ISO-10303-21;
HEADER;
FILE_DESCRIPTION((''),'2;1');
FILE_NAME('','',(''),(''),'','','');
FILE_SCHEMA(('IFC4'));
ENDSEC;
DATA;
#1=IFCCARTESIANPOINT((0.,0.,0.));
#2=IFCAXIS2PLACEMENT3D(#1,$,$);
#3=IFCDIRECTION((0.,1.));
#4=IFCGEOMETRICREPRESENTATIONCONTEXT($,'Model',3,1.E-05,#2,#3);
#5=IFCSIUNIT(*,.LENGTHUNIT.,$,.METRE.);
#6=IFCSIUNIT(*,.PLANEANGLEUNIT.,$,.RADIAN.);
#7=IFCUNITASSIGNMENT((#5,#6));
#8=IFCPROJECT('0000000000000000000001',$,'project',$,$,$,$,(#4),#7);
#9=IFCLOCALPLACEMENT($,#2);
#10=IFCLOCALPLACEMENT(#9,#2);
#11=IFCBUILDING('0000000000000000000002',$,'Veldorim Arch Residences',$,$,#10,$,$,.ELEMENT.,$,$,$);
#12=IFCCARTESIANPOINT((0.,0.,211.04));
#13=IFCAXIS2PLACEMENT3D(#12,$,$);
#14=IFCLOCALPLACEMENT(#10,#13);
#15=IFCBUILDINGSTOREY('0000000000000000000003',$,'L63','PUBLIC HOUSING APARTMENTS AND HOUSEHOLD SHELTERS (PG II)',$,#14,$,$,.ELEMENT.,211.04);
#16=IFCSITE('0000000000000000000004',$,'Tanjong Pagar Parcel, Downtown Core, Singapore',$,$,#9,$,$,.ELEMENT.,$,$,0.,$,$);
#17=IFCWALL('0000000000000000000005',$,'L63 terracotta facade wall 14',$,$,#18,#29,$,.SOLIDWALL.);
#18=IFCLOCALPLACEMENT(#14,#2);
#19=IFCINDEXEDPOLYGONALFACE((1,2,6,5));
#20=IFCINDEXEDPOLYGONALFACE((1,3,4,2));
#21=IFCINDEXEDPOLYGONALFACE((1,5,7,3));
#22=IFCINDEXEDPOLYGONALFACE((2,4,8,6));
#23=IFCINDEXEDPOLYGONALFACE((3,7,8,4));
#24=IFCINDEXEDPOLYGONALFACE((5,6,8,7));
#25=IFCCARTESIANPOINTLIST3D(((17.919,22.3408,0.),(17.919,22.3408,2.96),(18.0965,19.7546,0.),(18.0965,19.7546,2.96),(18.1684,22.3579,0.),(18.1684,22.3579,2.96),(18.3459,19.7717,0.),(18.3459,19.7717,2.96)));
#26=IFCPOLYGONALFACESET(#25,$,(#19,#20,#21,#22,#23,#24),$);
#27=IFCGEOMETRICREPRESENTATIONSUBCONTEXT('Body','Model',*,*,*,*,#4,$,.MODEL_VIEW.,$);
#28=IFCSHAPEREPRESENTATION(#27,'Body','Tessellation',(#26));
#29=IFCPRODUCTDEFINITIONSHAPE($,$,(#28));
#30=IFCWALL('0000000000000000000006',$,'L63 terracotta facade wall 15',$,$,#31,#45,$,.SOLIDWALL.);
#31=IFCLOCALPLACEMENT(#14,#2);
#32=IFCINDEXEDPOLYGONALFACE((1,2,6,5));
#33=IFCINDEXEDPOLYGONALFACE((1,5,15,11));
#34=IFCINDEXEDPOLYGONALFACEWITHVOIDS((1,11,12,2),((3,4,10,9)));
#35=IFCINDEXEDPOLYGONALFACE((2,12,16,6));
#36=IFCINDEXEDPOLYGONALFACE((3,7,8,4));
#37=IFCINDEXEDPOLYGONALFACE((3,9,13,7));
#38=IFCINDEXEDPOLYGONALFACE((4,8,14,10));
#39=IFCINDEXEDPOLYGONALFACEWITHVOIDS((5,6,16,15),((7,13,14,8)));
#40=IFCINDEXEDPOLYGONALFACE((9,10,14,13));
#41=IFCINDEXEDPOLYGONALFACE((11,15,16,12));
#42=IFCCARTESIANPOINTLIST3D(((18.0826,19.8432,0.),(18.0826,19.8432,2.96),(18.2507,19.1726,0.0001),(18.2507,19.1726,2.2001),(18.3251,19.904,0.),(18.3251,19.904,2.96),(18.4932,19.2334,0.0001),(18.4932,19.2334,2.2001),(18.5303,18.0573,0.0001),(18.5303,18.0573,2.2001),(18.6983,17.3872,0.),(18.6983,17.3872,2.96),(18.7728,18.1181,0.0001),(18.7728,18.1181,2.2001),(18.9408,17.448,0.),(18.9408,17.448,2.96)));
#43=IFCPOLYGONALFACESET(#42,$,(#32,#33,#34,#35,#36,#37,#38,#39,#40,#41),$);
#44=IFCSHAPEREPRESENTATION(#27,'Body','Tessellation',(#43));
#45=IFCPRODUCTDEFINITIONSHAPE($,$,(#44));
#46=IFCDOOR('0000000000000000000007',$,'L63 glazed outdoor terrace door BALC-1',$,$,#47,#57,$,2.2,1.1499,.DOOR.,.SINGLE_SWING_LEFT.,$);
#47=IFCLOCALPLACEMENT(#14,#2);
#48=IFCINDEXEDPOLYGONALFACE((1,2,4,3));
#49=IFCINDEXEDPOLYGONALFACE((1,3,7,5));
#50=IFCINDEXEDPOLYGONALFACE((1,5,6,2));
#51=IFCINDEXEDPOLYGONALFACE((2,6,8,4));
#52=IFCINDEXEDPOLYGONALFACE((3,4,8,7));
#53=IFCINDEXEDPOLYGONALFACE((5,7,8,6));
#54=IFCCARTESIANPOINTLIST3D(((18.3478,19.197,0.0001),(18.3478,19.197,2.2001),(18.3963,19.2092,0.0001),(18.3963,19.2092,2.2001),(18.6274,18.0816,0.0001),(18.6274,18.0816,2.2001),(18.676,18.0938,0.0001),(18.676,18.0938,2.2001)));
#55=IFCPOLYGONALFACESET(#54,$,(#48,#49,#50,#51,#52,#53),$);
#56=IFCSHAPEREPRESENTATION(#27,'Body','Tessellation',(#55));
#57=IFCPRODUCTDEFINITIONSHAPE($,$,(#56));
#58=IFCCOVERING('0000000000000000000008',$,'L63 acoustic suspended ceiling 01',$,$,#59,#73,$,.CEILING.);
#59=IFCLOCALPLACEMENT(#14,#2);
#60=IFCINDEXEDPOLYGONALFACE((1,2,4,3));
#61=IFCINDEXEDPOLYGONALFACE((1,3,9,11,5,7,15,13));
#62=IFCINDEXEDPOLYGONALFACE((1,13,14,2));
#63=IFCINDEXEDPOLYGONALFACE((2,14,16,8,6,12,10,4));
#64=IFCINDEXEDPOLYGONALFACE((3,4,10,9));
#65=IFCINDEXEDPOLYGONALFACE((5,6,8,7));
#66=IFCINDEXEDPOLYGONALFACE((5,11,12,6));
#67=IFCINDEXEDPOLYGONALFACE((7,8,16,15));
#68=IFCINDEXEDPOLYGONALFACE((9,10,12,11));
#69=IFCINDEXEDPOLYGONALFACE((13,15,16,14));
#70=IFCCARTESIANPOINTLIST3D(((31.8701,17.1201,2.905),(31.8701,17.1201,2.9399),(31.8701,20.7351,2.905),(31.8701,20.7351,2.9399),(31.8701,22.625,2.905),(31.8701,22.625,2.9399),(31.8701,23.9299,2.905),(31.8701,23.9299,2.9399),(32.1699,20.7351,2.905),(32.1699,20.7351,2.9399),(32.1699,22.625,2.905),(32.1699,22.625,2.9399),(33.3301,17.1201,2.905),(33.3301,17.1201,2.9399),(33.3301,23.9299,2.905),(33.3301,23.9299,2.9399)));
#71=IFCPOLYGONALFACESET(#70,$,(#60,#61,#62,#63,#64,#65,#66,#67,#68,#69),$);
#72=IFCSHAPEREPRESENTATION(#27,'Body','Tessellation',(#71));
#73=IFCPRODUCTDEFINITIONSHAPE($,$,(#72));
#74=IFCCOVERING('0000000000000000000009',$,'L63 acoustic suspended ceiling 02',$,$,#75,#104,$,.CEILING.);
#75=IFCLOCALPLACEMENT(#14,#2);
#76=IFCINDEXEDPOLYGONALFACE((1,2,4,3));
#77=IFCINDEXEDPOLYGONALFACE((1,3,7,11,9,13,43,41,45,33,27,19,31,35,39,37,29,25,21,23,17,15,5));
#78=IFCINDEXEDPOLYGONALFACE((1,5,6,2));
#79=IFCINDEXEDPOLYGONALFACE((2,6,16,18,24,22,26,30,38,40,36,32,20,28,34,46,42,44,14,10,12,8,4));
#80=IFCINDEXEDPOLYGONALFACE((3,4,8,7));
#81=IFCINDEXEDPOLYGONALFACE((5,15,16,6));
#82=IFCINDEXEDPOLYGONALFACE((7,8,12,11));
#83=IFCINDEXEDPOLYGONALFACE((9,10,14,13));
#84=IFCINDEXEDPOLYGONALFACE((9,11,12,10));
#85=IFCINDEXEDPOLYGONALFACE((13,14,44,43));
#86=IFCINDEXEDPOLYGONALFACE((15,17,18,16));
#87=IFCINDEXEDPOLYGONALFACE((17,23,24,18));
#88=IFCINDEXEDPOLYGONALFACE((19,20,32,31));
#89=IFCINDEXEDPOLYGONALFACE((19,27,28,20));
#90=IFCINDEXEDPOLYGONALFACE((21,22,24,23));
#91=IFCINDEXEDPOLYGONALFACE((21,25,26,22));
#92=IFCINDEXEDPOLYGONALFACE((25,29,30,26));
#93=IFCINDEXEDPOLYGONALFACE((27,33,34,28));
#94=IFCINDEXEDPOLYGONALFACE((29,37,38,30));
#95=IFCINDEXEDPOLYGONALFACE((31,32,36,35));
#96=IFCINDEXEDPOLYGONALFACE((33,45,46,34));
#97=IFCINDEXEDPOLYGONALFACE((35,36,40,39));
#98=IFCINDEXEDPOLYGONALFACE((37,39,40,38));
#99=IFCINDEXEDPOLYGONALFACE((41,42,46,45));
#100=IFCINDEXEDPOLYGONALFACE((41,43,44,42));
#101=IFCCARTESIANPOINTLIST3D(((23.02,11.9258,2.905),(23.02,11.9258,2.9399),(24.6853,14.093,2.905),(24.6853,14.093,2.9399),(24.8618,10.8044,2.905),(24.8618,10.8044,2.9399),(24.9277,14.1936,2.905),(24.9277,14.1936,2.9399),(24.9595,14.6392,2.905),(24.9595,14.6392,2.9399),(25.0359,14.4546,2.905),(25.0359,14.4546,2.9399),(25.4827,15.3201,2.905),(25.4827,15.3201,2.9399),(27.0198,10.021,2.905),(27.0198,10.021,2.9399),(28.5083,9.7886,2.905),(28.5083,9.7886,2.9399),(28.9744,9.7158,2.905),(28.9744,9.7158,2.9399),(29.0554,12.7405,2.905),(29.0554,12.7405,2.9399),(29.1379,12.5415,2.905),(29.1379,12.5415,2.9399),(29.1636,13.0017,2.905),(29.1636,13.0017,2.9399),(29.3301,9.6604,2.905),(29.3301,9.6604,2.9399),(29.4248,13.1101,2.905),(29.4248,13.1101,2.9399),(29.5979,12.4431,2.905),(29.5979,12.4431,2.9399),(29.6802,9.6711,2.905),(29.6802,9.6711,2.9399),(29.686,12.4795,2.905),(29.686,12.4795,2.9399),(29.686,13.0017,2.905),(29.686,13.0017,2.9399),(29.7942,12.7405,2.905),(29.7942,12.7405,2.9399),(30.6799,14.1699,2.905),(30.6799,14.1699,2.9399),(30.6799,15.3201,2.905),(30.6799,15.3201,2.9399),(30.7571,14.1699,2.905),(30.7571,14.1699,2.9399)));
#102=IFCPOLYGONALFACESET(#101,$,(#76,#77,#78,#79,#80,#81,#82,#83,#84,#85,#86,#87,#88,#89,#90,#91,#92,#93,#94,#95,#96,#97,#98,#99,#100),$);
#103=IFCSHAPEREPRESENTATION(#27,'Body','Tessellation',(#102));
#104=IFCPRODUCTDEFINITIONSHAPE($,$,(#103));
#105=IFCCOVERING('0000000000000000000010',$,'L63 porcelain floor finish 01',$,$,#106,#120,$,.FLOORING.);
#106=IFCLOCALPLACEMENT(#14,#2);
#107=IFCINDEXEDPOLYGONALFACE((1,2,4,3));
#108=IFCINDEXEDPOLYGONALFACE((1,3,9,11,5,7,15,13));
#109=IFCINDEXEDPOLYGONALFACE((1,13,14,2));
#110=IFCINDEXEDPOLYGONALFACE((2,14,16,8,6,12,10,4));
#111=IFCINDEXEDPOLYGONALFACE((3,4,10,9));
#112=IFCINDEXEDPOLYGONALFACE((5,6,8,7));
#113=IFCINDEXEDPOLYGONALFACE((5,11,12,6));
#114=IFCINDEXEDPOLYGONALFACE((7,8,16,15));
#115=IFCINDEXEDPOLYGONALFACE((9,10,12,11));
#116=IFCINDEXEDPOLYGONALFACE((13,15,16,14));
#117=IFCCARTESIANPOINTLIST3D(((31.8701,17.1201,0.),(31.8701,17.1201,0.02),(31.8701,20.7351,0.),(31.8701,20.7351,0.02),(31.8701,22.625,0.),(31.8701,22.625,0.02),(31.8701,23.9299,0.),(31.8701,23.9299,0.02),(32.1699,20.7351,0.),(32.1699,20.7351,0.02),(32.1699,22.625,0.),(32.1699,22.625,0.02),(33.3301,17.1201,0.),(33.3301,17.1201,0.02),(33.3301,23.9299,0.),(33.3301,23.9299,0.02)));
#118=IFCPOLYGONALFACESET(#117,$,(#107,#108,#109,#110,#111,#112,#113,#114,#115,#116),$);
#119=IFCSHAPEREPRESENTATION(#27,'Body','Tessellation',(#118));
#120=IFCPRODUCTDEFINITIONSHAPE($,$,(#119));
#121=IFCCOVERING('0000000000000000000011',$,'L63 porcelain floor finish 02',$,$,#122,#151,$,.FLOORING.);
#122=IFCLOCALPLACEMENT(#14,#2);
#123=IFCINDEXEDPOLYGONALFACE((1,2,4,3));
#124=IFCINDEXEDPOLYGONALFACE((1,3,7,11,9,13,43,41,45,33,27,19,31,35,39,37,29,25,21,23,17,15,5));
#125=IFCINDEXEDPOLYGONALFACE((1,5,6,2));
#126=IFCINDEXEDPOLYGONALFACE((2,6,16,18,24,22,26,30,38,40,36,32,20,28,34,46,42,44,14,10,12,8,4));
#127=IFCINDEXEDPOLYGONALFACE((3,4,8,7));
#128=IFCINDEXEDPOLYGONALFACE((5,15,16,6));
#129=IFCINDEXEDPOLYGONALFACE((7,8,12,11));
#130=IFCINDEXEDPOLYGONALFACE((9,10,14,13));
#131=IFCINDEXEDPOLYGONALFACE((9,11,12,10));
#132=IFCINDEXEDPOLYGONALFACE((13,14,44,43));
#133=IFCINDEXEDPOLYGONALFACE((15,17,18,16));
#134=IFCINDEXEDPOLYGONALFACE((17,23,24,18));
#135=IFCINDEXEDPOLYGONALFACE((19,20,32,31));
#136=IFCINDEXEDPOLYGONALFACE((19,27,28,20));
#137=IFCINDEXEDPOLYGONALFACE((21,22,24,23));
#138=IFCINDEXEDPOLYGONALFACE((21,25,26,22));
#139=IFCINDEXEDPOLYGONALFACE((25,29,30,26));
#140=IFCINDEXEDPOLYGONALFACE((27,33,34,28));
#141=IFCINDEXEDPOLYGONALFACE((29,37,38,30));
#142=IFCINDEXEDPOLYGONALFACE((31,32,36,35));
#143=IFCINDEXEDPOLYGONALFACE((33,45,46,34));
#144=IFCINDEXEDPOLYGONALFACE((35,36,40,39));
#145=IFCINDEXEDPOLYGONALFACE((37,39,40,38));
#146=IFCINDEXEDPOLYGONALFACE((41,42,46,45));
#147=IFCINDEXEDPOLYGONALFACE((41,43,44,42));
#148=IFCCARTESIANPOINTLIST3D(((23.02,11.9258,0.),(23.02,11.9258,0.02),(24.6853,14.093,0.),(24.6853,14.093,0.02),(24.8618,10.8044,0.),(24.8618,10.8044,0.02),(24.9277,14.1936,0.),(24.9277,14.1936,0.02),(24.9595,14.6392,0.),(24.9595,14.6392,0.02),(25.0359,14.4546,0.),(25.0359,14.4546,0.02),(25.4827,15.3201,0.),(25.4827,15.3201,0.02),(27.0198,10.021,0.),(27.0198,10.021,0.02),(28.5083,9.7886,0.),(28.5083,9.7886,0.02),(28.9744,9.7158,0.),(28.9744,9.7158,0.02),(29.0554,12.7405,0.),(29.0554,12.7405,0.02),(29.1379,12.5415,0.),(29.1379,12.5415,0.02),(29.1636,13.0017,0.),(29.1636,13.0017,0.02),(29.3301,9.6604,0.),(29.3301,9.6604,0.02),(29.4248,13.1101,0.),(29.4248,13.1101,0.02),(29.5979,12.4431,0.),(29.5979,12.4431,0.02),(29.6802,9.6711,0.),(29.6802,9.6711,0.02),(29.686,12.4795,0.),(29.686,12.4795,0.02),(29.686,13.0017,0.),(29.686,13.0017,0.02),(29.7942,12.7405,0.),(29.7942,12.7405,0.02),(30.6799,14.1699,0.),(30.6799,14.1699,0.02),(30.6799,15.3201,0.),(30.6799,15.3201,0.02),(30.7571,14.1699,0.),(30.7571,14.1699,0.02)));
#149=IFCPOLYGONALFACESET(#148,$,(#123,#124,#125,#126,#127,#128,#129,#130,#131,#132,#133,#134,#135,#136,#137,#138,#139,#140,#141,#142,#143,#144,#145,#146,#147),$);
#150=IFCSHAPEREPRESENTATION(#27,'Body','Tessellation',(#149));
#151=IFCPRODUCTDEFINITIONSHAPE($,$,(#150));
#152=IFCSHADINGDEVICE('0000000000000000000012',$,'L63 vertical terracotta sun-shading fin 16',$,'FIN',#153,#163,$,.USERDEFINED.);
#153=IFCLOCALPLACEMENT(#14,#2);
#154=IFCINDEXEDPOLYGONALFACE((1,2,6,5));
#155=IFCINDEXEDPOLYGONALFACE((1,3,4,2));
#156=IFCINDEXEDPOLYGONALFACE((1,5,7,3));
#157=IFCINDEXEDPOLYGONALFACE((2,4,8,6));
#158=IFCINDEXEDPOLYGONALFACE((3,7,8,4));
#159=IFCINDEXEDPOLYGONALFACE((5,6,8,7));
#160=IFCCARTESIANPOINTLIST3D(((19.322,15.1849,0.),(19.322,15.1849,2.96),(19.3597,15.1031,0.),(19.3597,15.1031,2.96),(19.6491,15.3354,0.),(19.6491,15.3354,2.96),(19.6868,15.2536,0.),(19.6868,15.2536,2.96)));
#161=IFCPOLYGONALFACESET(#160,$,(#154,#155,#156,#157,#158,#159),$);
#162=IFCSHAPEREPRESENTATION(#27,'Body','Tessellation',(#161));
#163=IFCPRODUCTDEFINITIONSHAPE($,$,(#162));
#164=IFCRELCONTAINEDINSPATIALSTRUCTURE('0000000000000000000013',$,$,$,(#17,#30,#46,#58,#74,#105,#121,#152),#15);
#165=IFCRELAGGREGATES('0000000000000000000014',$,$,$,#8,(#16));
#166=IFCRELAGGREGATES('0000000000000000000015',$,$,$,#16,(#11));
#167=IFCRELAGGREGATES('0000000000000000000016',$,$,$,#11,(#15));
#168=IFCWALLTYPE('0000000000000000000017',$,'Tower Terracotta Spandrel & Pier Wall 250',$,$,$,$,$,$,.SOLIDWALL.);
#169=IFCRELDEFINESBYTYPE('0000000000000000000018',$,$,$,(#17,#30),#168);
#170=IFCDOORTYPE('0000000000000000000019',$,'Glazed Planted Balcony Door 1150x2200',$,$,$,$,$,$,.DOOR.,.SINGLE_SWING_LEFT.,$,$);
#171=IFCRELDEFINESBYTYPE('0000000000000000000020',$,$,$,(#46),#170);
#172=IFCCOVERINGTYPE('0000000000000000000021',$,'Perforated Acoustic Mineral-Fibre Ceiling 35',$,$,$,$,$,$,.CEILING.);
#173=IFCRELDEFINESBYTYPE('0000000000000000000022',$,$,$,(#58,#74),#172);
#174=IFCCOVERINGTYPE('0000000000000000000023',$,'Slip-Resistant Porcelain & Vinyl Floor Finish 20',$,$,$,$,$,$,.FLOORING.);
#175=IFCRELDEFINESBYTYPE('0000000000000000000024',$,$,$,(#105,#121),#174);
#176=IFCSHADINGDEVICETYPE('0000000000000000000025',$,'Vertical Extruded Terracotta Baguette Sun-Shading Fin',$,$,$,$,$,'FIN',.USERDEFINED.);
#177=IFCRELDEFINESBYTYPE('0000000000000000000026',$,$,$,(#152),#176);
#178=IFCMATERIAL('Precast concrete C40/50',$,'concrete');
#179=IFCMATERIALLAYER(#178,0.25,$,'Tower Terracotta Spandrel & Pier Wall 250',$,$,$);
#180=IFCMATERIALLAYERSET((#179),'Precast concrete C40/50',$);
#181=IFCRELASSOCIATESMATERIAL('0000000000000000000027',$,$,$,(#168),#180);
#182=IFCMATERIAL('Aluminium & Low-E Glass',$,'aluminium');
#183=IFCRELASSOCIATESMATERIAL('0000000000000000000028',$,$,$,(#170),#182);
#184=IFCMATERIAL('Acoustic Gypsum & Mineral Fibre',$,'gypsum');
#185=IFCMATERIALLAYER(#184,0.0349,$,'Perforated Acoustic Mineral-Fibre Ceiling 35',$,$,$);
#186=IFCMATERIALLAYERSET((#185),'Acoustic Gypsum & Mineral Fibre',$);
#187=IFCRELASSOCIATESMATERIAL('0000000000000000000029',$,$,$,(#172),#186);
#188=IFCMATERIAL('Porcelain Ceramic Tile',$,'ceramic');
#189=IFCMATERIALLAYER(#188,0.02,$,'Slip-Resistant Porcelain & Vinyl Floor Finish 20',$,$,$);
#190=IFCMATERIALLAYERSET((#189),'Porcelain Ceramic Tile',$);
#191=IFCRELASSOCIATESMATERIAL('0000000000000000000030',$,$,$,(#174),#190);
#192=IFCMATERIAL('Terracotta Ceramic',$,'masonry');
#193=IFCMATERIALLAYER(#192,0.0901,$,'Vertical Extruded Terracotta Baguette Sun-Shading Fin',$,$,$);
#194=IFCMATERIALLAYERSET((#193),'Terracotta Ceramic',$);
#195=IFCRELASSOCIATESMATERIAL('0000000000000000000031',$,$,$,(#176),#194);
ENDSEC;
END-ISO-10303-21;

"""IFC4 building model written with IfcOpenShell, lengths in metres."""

from ifc_helpers import new_model, si_unit, direction, frame, frame_2d, origin, origin_2d, place, context, subcontext, project, spatial, polyline, rectangle, outline, extrude, material, layer, layer_set, type_object, element, fill, save


model = new_model("IFC4")

# Units and contexts
model_context = context("Model", 3, precision=1e-05, world=origin(), true_north=direction((0.0, 1.0)))
body_context = subcontext(model_context, "Body", "Model", "MODEL_VIEW")
ifc_project = project(units=[si_unit("LENGTHUNIT", "METRE"), si_unit("PLANEANGLEUNIT", "RADIAN")], contexts=[model_context])

# Site, building, storey
site_placement = place(None, origin())
site = spatial("IfcSite", under=ifc_project, at=site_placement, Name="Tanjong Pagar Parcel, Downtown Core, Singapore", CompositionType="ELEMENT", RefElevation=0.0)
building_placement = place(site_placement, origin())
building = spatial("IfcBuilding", under=site, at=building_placement, Name="Veldorim Arch Residences", CompositionType="ELEMENT")
storey_placement = place(building_placement, frame((0.0, 0.0, 211.04)))
storey = spatial("IfcBuildingStorey", under=building, at=storey_placement, Name="L63", Description="PUBLIC HOUSING APARTMENTS AND HOUSEHOLD SHELTERS (PG II)", CompositionType="ELEMENT", Elevation=211.04)

# Wall
ifc_material_1 = material(Name="Precast concrete C40/50", Category="concrete")
ifc_layer_1 = layer(ifc_material_1, 0.25, Name="Tower Terracotta Spandrel & Pier Wall 250")
ifc_layer_set_1 = layer_set([ifc_layer_1], Name="Precast concrete C40/50")
wall_type = type_object("IfcWallType", Name="Tower Terracotta Spandrel & Pier Wall 250", PredefinedType="SOLIDWALL", material=ifc_layer_set_1)
wall_1_placement = place(storey_placement, frame((18.2212, 19.7632, 0.0), z_axis=(0.0, 0.0, 1.0), x_axis=(-0.068469, 0.997653, 0.0)))
element("IfcWall", 1, at=wall_1_placement, inside=storey, type_object=wall_type, Name="L63 terracotta facade wall 14", PredefinedType="SOLIDWALL", context=body_context, shape_type="SweptSolid", body=[
    extrude(rectangle(XDim=2.5923, YDim=0.25, at=frame_2d((1.2961, 0.0))), origin(), (0.0, 0.0, 1.0), 2.96),
])

# Wall, opening, door
wall_2_placement = place(storey_placement, frame((18.8196, 17.4175, 0.0), z_axis=(0.0, 0.0, 1.0), x_axis=(-0.243171, 0.969983, 0.0)))
wall_2 = element("IfcWall", 2, at=wall_2_placement, inside=storey, type_object=wall_type, Name="L63 terracotta facade wall 15", PredefinedType="SOLIDWALL", context=body_context, shape_type="SweptSolid", body=[
    extrude(rectangle(XDim=2.532, YDim=0.25, at=frame_2d((1.2661, 0.0))), origin(), (0.0, 0.0, 1.0), 2.96),
])
opening_placement = place(wall_2_placement, frame((0.6909, 0.0, 0.0)))
opening = element("IfcOpeningElement", 3, at=opening_placement, cuts=wall_2, PredefinedType="OPENING", context=body_context, shape_type="SweptSolid", body=[
    extrude(rectangle(XDim=1.1499, YDim=2.2, at=frame_2d((0.575, 1.1001))), frame((0.0, 0.135, 0.0), z_axis=(0.0, -1.0, 0.0), x_axis=(1.0, 0.0, 0.0)), (0.0, 0.0, 1.0), 0.27),
])
ifc_material_2 = material(Name="Aluminium & Low-E Glass", Category="aluminium")
door_type = type_object("IfcDoorType", Name="Glazed Planted Balcony Door 1150x2200", OperationType="SINGLE_SWING_LEFT", PredefinedType="DOOR", material=ifc_material_2)
door_placement = place(opening_placement, origin())
door = element("IfcDoor", 4, at=door_placement, inside=storey, type_object=door_type, Name="L63 glazed outdoor terrace door BALC-1", OperationType="SINGLE_SWING_LEFT", OverallHeight=2.2, OverallWidth=1.1499, PredefinedType="DOOR", context=body_context, shape_type="SweptSolid", body=[
    extrude(rectangle(XDim=1.1499, YDim=2.2, at=frame_2d((0.575, 1.1001))), frame((0.0, 0.0249, 0.0), z_axis=(0.0, -1.0, 0.0), x_axis=(1.0, 0.0, 0.0)), (0.0, 0.0, 1.0), 0.05),
])
fill(opening, door)

# Coverings
ifc_material_3 = material(Name="Acoustic Gypsum & Mineral Fibre", Category="gypsum")
ifc_layer_2 = layer(ifc_material_3, 0.0349, Name="Perforated Acoustic Mineral-Fibre Ceiling 35")
ifc_layer_set_2 = layer_set([ifc_layer_2], Name="Acoustic Gypsum & Mineral Fibre")
covering_type_1 = type_object("IfcCoveringType", Name="Perforated Acoustic Mineral-Fibre Ceiling 35", PredefinedType="CEILING", material=ifc_layer_set_2)
covering_1_placement = place(storey_placement, frame((0.0, 0.0, 2.905)))
element("IfcCovering", 5, at=covering_1_placement, inside=storey, type_object=covering_type_1, Name="L63 acoustic suspended ceiling 01", PredefinedType="CEILING", context=body_context, shape_type="SweptSolid", body=[
    extrude(outline(polyline([(33.3301, 23.9299), (33.3301, 17.1201), (31.8701, 17.1201), (31.8701, 20.7351), (32.1699, 20.7351), (32.1699, 22.625), (31.8701, 22.625), (31.8701, 23.9299), (33.3301, 23.9299)])), origin(), (0.0, 0.0, 1.0), 0.0349),
])
covering_2_placement = place(storey_placement, frame((0.0, 0.0, 2.905)))
element("IfcCovering", 6, at=covering_2_placement, inside=storey, type_object=covering_type_1, Name="L63 acoustic suspended ceiling 02", PredefinedType="CEILING", context=body_context, shape_type="SweptSolid", body=[
    extrude(outline(polyline([(24.6853, 14.093), (24.9277, 14.1936), (25.0359, 14.4546), (24.9595, 14.6392), (25.4827, 15.3201), (30.6799, 15.3201), (30.6799, 14.1699), (30.7571, 14.1699), (29.6802, 9.6711), (29.3301, 9.6604), (28.9744, 9.7158), (29.5979, 12.4431), (29.686, 12.4795), (29.7942, 12.7405), (29.686, 13.0017), (29.4248, 13.1101), (29.1636, 13.0017), (29.0554, 12.7405), (29.1379, 12.5415), (28.5083, 9.7886), (27.0198, 10.021), (24.8618, 10.8044), (23.02, 11.9258), (24.6853, 14.093)])), origin(), (0.0, 0.0, 1.0), 0.0349),
])
ifc_material_4 = material(Name="Porcelain Ceramic Tile", Category="ceramic")
ifc_layer_3 = layer(ifc_material_4, 0.02, Name="Slip-Resistant Porcelain & Vinyl Floor Finish 20")
ifc_layer_set_3 = layer_set([ifc_layer_3], Name="Porcelain Ceramic Tile")
covering_type_2 = type_object("IfcCoveringType", Name="Slip-Resistant Porcelain & Vinyl Floor Finish 20", PredefinedType="FLOORING", material=ifc_layer_set_3)
covering_3_placement = place(storey_placement, origin())
element("IfcCovering", 7, at=covering_3_placement, inside=storey, type_object=covering_type_2, Name="L63 porcelain floor finish 01", PredefinedType="FLOORING", context=body_context, shape_type="SweptSolid", body=[
    extrude(outline(polyline([(33.3301, 23.9299), (33.3301, 17.1201), (31.8701, 17.1201), (31.8701, 20.7351), (32.1699, 20.7351), (32.1699, 22.625), (31.8701, 22.625), (31.8701, 23.9299), (33.3301, 23.9299)])), origin(), (0.0, 0.0, 1.0), 0.02),
])
covering_4_placement = place(storey_placement, origin())
element("IfcCovering", 8, at=covering_4_placement, inside=storey, type_object=covering_type_2, Name="L63 porcelain floor finish 02", PredefinedType="FLOORING", context=body_context, shape_type="SweptSolid", body=[
    extrude(outline(polyline([(24.6853, 14.093), (24.9277, 14.1936), (25.0359, 14.4546), (24.9595, 14.6392), (25.4827, 15.3201), (30.6799, 15.3201), (30.6799, 14.1699), (30.7571, 14.1699), (29.6802, 9.6711), (29.3301, 9.6604), (28.9744, 9.7158), (29.5979, 12.4431), (29.686, 12.4795), (29.7942, 12.7405), (29.686, 13.0017), (29.4248, 13.1101), (29.1636, 13.0017), (29.0554, 12.7405), (29.1379, 12.5415), (28.5083, 9.7886), (27.0198, 10.021), (24.8618, 10.8044), (23.02, 11.9258), (24.6853, 14.093)])), origin(), (0.0, 0.0, 1.0), 0.02),
])

# Shading device
ifc_material_5 = material(Name="Terracotta Ceramic", Category="masonry")
ifc_layer_4 = layer(ifc_material_5, 0.0901, Name="Vertical Extruded Terracotta Baguette Sun-Shading Fin")
ifc_layer_set_4 = layer_set([ifc_layer_4], Name="Terracotta Ceramic")
shading_device_type = type_object("IfcShadingDeviceType", Name="Vertical Extruded Terracotta Baguette Sun-Shading Fin", ElementType="FIN", PredefinedType="USERDEFINED", material=ifc_layer_set_4)
shading_device_placement = place(storey_placement, frame((19.5044, 15.2192, 0.0), z_axis=(0.0, 0.0, 1.0), x_axis=(-0.418026, 0.908435, 0.0)))
element("IfcShadingDevice", 9, at=shading_device_placement, inside=storey, type_object=shading_device_type, Name="L63 vertical terracotta sun-shading fin 16", ObjectType="FIN", PredefinedType="USERDEFINED", context=body_context, shape_type="SweptSolid", body=[
    extrude(rectangle(XDim=0.0901, YDim=0.3601, at=origin_2d()), origin(), (0.0, 0.0, 1.0), 2.96),
])

save(model, "model.ifc")
